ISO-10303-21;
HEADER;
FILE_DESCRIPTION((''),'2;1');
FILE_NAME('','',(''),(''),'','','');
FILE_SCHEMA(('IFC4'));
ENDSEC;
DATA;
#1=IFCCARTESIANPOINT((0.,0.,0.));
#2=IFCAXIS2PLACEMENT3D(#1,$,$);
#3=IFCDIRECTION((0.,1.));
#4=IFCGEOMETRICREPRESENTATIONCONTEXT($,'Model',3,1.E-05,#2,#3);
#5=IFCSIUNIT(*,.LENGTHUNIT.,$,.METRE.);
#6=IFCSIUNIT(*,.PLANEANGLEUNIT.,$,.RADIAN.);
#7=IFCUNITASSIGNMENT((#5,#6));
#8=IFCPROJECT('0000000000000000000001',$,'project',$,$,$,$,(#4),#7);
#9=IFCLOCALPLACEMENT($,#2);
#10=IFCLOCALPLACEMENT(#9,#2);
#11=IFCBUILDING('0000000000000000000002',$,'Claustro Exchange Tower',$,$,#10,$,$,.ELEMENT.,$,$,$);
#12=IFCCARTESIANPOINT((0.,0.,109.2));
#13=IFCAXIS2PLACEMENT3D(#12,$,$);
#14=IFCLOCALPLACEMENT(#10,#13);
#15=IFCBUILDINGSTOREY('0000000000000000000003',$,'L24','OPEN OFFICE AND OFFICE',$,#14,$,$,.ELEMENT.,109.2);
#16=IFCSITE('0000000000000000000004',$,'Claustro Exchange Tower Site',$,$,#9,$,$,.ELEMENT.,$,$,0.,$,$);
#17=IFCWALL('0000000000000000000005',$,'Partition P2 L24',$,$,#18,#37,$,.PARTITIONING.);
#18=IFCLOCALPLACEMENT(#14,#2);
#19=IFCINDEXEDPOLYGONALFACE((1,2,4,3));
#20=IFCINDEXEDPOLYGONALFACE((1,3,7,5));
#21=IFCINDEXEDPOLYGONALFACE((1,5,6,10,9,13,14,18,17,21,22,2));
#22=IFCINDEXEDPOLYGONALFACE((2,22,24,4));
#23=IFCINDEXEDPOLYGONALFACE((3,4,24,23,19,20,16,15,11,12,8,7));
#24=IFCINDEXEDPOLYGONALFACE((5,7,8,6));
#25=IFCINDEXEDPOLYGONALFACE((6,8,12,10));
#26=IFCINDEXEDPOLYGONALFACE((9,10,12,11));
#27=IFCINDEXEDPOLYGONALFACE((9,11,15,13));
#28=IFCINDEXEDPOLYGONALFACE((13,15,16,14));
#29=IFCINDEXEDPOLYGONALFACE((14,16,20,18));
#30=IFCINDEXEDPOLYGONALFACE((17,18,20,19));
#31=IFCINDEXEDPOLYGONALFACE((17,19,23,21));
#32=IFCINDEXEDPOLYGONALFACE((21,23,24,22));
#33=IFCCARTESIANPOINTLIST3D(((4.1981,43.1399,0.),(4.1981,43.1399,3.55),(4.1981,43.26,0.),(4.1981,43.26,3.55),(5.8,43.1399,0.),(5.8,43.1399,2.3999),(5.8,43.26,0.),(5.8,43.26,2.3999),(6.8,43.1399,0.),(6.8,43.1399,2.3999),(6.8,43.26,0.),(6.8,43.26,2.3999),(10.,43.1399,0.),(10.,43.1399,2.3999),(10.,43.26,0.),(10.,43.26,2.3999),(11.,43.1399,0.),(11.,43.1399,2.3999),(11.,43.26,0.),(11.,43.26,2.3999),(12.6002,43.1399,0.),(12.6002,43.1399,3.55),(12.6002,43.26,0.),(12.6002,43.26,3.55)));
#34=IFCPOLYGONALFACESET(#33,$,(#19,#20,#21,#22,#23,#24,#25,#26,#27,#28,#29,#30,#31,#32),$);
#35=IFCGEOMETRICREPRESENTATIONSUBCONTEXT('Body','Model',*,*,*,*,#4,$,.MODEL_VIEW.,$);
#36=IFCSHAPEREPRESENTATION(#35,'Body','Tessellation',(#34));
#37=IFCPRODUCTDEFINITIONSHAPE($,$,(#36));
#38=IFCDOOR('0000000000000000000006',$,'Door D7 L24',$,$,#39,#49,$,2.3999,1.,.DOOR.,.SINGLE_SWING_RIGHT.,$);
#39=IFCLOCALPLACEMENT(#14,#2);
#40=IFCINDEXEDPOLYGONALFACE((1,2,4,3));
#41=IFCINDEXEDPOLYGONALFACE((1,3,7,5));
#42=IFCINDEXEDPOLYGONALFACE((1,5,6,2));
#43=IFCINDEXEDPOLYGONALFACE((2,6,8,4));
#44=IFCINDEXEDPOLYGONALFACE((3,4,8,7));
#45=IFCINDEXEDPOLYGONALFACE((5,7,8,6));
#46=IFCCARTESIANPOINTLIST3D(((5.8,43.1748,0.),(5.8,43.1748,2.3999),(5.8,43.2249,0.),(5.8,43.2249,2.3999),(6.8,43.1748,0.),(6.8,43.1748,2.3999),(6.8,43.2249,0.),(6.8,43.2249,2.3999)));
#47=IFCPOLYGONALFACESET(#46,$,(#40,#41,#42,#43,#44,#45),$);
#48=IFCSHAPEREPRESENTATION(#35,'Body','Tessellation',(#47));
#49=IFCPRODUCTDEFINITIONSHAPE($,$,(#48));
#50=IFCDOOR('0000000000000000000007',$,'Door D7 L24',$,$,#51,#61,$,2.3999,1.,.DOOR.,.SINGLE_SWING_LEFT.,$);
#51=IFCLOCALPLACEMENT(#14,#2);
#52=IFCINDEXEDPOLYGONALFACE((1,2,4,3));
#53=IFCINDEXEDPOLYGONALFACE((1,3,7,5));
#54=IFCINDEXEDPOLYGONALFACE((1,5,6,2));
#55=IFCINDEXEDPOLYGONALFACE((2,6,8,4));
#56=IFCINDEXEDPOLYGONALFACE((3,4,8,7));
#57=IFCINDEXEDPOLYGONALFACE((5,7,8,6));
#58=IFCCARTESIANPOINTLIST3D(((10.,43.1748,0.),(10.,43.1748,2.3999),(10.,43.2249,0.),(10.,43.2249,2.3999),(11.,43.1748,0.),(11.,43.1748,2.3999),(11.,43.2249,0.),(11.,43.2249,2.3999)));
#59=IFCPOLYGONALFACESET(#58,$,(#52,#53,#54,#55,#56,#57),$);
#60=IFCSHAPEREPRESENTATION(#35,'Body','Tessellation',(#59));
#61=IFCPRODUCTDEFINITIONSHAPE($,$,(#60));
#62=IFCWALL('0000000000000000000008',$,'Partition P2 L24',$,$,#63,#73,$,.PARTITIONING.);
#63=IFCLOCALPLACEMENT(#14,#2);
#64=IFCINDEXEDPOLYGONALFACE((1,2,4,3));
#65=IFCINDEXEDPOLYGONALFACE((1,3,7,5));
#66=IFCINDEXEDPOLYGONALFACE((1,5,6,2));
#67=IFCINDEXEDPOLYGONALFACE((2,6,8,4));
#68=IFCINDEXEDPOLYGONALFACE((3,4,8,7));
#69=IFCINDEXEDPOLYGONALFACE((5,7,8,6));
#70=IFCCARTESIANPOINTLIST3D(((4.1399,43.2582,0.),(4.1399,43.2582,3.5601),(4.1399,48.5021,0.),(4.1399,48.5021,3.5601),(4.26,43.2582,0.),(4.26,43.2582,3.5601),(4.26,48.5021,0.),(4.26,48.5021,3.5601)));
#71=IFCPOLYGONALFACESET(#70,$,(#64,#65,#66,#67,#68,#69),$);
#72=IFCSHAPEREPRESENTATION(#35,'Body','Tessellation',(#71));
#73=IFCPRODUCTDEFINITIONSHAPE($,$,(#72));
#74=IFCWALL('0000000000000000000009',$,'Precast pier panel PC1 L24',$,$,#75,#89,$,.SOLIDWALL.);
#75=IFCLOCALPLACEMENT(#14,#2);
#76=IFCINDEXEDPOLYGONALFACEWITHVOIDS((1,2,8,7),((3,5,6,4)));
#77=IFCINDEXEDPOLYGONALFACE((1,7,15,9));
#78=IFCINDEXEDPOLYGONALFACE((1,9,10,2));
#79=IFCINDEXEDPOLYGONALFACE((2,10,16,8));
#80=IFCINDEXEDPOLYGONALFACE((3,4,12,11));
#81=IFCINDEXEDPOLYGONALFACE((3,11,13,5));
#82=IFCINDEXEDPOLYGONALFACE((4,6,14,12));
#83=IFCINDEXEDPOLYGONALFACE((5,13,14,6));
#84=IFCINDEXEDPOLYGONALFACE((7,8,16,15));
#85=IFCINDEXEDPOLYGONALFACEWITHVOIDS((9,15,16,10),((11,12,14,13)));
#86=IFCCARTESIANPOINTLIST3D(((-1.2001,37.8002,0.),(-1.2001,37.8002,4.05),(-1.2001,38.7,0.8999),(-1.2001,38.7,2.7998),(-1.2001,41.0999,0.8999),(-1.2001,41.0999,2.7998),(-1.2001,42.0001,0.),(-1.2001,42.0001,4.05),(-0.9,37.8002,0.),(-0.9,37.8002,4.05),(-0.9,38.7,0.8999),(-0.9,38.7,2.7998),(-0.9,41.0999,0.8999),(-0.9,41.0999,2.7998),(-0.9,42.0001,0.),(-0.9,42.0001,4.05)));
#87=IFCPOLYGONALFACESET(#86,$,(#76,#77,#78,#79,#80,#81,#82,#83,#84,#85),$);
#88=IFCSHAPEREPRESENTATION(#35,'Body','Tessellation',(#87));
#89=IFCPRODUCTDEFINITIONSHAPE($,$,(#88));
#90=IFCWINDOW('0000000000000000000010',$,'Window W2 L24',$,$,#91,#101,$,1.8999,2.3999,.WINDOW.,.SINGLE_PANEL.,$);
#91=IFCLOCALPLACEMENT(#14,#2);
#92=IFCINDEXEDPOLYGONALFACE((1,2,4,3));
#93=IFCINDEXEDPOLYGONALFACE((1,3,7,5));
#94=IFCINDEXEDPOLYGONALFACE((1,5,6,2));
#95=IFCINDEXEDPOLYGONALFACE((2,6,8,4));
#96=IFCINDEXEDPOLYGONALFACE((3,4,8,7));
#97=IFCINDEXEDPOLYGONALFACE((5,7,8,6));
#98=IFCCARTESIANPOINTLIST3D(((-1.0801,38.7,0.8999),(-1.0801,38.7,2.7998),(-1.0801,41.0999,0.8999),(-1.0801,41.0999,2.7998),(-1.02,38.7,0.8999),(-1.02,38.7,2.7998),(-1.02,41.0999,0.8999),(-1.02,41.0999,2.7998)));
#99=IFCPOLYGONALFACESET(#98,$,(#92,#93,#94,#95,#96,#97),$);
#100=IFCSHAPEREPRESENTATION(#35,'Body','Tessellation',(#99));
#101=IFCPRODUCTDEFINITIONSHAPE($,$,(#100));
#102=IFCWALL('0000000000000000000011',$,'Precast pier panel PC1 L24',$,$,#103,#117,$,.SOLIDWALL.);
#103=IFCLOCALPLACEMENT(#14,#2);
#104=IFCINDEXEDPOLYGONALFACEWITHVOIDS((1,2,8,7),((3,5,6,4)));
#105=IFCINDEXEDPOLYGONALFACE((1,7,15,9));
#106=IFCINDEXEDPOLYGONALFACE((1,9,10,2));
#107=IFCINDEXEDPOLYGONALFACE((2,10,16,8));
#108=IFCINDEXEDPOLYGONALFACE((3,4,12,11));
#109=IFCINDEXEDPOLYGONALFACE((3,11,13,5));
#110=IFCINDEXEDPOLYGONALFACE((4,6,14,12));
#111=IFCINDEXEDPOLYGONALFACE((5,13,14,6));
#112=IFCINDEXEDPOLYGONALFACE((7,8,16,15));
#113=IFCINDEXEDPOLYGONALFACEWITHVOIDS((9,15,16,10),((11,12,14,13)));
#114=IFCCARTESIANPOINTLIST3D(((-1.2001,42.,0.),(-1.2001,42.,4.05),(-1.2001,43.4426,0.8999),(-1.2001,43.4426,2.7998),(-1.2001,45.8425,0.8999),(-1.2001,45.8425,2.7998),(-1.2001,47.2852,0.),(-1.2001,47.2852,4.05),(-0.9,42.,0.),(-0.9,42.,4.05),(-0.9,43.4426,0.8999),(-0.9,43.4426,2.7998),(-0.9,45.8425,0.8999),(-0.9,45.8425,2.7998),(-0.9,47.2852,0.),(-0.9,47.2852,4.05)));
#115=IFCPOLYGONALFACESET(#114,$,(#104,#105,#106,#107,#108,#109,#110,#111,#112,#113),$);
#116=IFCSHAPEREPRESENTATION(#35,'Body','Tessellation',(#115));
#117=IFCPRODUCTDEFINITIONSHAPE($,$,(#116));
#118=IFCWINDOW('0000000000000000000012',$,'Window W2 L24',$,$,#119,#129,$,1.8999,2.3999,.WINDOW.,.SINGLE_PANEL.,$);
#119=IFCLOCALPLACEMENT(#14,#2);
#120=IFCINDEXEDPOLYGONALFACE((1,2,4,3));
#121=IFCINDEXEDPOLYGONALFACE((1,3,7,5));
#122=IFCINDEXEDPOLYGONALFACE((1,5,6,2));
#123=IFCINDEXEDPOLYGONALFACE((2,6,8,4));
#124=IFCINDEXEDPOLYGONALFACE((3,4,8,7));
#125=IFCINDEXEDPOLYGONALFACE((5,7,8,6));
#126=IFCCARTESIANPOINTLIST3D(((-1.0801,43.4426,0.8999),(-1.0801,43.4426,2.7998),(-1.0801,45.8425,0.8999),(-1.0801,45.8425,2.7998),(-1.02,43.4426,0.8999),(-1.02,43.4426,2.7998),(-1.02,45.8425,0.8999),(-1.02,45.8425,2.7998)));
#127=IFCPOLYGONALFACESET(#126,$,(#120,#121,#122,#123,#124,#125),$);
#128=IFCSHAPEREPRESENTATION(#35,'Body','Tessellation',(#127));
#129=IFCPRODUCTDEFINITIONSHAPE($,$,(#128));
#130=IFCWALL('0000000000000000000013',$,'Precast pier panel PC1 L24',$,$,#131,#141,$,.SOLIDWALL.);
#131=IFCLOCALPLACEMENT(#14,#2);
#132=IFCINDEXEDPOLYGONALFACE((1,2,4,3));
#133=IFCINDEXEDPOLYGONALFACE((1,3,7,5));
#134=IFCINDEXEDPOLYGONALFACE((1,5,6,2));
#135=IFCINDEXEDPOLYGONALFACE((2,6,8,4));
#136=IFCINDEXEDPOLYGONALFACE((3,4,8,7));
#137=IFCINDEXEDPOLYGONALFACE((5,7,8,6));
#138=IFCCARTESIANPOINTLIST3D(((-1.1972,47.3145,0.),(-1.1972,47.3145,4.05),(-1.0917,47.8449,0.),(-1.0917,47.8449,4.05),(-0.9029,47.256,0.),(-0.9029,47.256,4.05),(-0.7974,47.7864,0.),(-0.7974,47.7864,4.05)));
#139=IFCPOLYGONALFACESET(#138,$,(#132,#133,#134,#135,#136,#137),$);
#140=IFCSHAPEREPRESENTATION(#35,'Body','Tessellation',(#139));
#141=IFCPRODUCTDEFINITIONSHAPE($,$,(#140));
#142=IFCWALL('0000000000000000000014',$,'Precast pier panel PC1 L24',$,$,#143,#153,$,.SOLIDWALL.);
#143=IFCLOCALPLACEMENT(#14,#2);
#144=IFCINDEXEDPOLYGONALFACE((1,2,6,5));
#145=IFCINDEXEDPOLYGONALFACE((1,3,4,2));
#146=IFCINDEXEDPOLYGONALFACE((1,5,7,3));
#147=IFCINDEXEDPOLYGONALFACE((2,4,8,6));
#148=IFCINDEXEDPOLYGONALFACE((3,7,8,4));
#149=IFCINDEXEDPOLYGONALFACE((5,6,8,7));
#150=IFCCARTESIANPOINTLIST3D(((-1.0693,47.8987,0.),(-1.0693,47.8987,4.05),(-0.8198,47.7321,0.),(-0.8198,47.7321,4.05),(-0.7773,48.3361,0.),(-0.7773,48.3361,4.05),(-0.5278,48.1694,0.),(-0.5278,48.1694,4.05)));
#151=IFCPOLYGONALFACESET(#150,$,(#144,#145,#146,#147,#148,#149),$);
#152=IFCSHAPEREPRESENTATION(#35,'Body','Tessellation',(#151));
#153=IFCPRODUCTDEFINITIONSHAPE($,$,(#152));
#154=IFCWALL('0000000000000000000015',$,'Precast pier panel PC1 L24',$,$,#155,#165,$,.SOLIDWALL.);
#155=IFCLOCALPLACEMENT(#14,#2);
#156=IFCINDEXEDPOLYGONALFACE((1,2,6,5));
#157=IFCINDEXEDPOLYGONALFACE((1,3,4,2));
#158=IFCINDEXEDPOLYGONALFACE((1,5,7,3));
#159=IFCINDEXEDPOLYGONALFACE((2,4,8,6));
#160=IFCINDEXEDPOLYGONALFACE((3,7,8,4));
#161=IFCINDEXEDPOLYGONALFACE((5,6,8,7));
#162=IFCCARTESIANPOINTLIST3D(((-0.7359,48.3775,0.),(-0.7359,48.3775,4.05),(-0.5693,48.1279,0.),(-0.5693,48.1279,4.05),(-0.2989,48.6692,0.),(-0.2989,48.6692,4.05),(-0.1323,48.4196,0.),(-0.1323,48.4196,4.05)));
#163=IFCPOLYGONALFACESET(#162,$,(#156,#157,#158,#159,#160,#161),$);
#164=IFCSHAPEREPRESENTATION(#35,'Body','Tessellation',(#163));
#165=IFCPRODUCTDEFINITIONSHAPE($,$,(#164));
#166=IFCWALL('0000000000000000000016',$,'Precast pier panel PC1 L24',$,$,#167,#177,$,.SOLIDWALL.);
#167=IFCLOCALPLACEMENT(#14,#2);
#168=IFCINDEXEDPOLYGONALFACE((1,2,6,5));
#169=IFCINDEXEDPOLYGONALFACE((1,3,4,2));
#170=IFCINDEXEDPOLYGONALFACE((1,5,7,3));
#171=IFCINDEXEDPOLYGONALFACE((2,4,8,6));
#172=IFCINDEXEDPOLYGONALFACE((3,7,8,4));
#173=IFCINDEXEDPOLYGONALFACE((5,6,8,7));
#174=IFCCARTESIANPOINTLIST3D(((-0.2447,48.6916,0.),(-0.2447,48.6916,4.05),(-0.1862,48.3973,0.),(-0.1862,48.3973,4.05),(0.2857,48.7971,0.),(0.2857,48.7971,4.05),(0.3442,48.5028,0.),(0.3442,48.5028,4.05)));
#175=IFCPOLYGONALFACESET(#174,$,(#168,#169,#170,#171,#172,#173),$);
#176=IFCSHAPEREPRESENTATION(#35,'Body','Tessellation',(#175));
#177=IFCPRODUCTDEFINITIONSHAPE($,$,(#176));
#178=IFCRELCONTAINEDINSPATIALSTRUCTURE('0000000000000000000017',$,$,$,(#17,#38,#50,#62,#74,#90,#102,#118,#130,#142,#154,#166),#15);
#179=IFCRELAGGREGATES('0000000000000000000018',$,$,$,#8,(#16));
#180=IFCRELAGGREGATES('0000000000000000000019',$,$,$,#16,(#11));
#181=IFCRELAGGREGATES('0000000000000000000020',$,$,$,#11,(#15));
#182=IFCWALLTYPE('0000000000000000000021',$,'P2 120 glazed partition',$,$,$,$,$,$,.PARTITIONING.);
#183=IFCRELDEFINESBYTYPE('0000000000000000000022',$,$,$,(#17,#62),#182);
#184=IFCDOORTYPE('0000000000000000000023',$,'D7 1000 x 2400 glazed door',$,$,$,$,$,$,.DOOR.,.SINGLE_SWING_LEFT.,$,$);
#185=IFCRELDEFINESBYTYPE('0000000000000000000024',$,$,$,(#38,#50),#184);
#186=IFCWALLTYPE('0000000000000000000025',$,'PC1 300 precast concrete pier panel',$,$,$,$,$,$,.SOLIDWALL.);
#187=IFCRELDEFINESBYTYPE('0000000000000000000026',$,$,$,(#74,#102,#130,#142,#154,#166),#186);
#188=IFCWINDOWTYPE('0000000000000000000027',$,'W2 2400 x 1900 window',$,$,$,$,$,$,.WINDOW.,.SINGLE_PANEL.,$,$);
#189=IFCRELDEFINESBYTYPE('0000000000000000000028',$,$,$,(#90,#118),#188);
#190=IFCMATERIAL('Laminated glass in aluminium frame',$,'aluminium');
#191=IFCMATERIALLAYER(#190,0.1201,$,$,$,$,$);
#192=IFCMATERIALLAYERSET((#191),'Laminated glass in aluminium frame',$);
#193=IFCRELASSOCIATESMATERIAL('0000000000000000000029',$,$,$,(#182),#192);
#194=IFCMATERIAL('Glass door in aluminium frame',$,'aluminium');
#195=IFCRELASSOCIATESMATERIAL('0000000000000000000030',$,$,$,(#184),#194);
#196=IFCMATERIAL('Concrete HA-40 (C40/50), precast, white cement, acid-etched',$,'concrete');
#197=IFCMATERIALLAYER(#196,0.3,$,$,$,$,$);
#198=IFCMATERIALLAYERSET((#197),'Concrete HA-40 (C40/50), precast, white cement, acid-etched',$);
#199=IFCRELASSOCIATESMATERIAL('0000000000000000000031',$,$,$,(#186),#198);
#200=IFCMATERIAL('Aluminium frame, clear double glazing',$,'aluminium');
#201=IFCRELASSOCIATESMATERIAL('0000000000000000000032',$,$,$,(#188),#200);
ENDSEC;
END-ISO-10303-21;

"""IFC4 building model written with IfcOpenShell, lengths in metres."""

from ifc_helpers import new_model, si_unit, direction, frame, frame_2d, origin, place, context, subcontext, project, spatial, rectangle, extrude, material, layer, layer_set, type_object, element, fill, save


model = new_model("IFC4")

# Units and contexts
model_context = context("Model", 3, precision=1e-05, world=origin(), true_north=direction((0.0, 1.0)))
body_context = subcontext(model_context, "Body", "Model", "MODEL_VIEW")
ifc_project = project(units=[si_unit("LENGTHUNIT", "METRE"), si_unit("PLANEANGLEUNIT", "RADIAN")], contexts=[model_context])

# Site, building, storey
site_placement = place(None, origin())
site = spatial("IfcSite", under=ifc_project, at=site_placement, Name="Claustro Exchange Tower Site", CompositionType="ELEMENT", RefElevation=0.0)
building_placement = place(site_placement, origin())
building = spatial("IfcBuilding", under=site, at=building_placement, Name="Claustro Exchange Tower", CompositionType="ELEMENT")
storey_placement = place(building_placement, frame((0.0, 0.0, 109.2)))
storey = spatial("IfcBuildingStorey", under=building, at=storey_placement, Name="L24", Description="OPEN OFFICE AND OFFICE", CompositionType="ELEMENT", Elevation=109.2)

# Shared definitions
ifc_material_1 = material(Name="Laminated glass in aluminium frame", Category="aluminium")
ifc_layer_1 = layer(ifc_material_1, 0.1201)
ifc_layer_set_1 = layer_set([ifc_layer_1], Name="Laminated glass in aluminium frame")
wall_type_1 = type_object("IfcWallType", Name="P2 120 glazed partition", PredefinedType="PARTITIONING", material=ifc_layer_set_1)
ifc_material_2 = material(Name="Glass door in aluminium frame", Category="aluminium")
door_type = type_object("IfcDoorType", Name="D7 1000 x 2400 glazed door", OperationType="SINGLE_SWING_LEFT", PredefinedType="DOOR", material=ifc_material_2)

# Wall, openings, doors
wall_1_placement = place(storey_placement, frame((4.198, 43.2, 0.0), z_axis=(0.0, 0.0, 1.0), x_axis=(1.0, 0.0, 0.0)))
wall_1 = element("IfcWall", 1, at=wall_1_placement, inside=storey, type_object=wall_type_1, Name="Partition P2 L24", PredefinedType="PARTITIONING", context=body_context, shape_type="SweptSolid", body=[
    extrude(rectangle(XDim=8.4021, YDim=0.1201, at=frame_2d((4.2012, 0.0))), origin(), (0.0, 0.0, 1.0), 3.55),
])
opening_1_placement = place(wall_1_placement, frame((1.6021, 0.0, 0.0)))
opening_1 = element("IfcOpeningElement", 2, at=opening_1_placement, cuts=wall_1, PredefinedType="OPENING", context=body_context, shape_type="SweptSolid", body=[
    extrude(rectangle(XDim=1.0, YDim=2.3999, at=frame_2d((0.5, 1.2))), frame((0.0, 0.0701, 0.0), z_axis=(0.0, -1.0, 0.0), x_axis=(1.0, 0.0, 0.0)), (0.0, 0.0, 1.0), 0.1401),
])
opening_2_placement = place(wall_1_placement, frame((5.802, 0.0, 0.0)))
opening_2 = element("IfcOpeningElement", 3, at=opening_2_placement, cuts=wall_1, PredefinedType="OPENING", context=body_context, shape_type="SweptSolid", body=[
    extrude(rectangle(XDim=1.0, YDim=2.3999, at=frame_2d((0.5, 1.2))), frame((0.0, 0.0701, 0.0), z_axis=(0.0, -1.0, 0.0), x_axis=(1.0, 0.0, 0.0)), (0.0, 0.0, 1.0), 0.1401),
])
door_1_placement = place(opening_1_placement, origin())
door_1 = element("IfcDoor", 4, at=door_1_placement, inside=storey, type_object=door_type, Name="Door D7 L24", OperationType="SINGLE_SWING_RIGHT", OverallHeight=2.3999, OverallWidth=1.0, PredefinedType="DOOR", context=body_context, shape_type="SweptSolid", body=[
    extrude(rectangle(XDim=1.0, YDim=2.3999, at=frame_2d((0.5, 1.2))), frame((0.0, 0.0249, 0.0), z_axis=(0.0, -1.0, 0.0), x_axis=(1.0, 0.0, 0.0)), (0.0, 0.0, 1.0), 0.05),
])
fill(opening_1, door_1)
door_2_placement = place(opening_2_placement, origin())
door_2 = element("IfcDoor", 5, at=door_2_placement, inside=storey, type_object=door_type, Name="Door D7 L24", OperationType="SINGLE_SWING_LEFT", OverallHeight=2.3999, OverallWidth=1.0, PredefinedType="DOOR", context=body_context, shape_type="SweptSolid", body=[
    extrude(rectangle(XDim=1.0, YDim=2.3999, at=frame_2d((0.5, 1.2))), frame((0.0, 0.0249, 0.0), z_axis=(0.0, -1.0, 0.0), x_axis=(1.0, 0.0, 0.0)), (0.0, 0.0, 1.0), 0.05),
])
fill(opening_2, door_2)

# Wall
wall_2_placement = place(storey_placement, frame((4.2, 43.2581, 0.0), z_axis=(0.0, 0.0, 1.0), x_axis=(0.0, 1.0, 0.0)))
element("IfcWall", 6, at=wall_2_placement, inside=storey, type_object=wall_type_1, Name="Partition P2 L24", PredefinedType="PARTITIONING", context=body_context, shape_type="SweptSolid", body=[
    extrude(rectangle(XDim=5.2439, YDim=0.1201, at=frame_2d((2.6221, 0.0))), origin(), (0.0, 0.0, 1.0), 3.5601),
])

# Walls, openings, windows
ifc_material_3 = material(Name="Concrete HA-40 (C40/50), precast, white cement, acid-etched", Category="concrete")
ifc_layer_2 = layer(ifc_material_3, 0.3)
ifc_layer_set_2 = layer_set([ifc_layer_2], Name="Concrete HA-40 (C40/50), precast, white cement, acid-etched")
wall_type_2 = type_object("IfcWallType", Name="PC1 300 precast concrete pier panel", PredefinedType="SOLIDWALL", material=ifc_layer_set_2)
wall_3_placement = place(storey_placement, frame((-1.05, 37.8, 0.0), z_axis=(0.0, 0.0, 1.0), x_axis=(0.0, 1.0, 0.0)))
wall_3 = element("IfcWall", 7, at=wall_3_placement, inside=storey, type_object=wall_type_2, Name="Precast pier panel PC1 L24", PredefinedType="SOLIDWALL", context=body_context, shape_type="SweptSolid", body=[
    extrude(rectangle(XDim=4.2, YDim=0.3, at=frame_2d((2.1001, 0.0))), origin(), (0.0, 0.0, 1.0), 4.05),
])
opening_3_placement = place(wall_3_placement, frame((0.8999, 0.0, 0.8999)))
opening_3 = element("IfcOpeningElement", 8, at=opening_3_placement, cuts=wall_3, PredefinedType="OPENING", context=body_context, shape_type="SweptSolid", body=[
    extrude(rectangle(XDim=2.3999, YDim=1.8999, at=frame_2d((1.2, 0.95))), frame((0.0, 0.1599, 0.0), z_axis=(0.0, -1.0, 0.0), x_axis=(1.0, 0.0, 0.0)), (0.0, 0.0, 1.0), 0.3201),
])
ifc_material_4 = material(Name="Aluminium frame, clear double glazing", Category="aluminium")
window_type_1 = type_object("IfcWindowType", Name="W2 2400 x 1900 window", PartitioningType="SINGLE_PANEL", PredefinedType="WINDOW", material=ifc_material_4)
window_1_placement = place(opening_3_placement, origin())
window_1 = element("IfcWindow", 9, at=window_1_placement, inside=storey, type_object=window_type_1, Name="Window W2 L24", OverallHeight=1.8999, OverallWidth=2.3999, PartitioningType="SINGLE_PANEL", PredefinedType="WINDOW", context=body_context, shape_type="SweptSolid", body=[
    extrude(rectangle(XDim=2.3999, YDim=1.8999, at=frame_2d((1.2, 0.95))), frame((0.0, 0.03, 0.0), z_axis=(0.0, -1.0, 0.0), x_axis=(1.0, 0.0, 0.0)), (0.0, 0.0, 1.0), 0.0601),
])
fill(opening_3, window_1)
wall_4_placement = place(storey_placement, frame((-1.05, 42.0, 0.0), z_axis=(0.0, 0.0, 1.0), x_axis=(0.0, 1.0, 0.0)))
wall_4 = element("IfcWall", 10, at=wall_4_placement, inside=storey, type_object=wall_type_2, Name="Precast pier panel PC1 L24", PredefinedType="SOLIDWALL", context=body_context, shape_type="SweptSolid", body=[
    extrude(rectangle(XDim=5.2852, YDim=0.3, at=frame_2d((2.6426, 0.0))), origin(), (0.0, 0.0, 1.0), 4.05),
])
opening_4_placement = place(wall_4_placement, frame((1.4426, 0.0, 0.8999)))
opening_4 = element("IfcOpeningElement", 11, at=opening_4_placement, cuts=wall_4, PredefinedType="OPENING", context=body_context, shape_type="SweptSolid", body=[
    extrude(rectangle(XDim=2.3999, YDim=1.8999, at=frame_2d((1.2, 0.95))), frame((0.0, 0.1599, 0.0), z_axis=(0.0, -1.0, 0.0), x_axis=(1.0, 0.0, 0.0)), (0.0, 0.0, 1.0), 0.3201),
])
window_2_placement = place(opening_4_placement, origin())
window_2 = element("IfcWindow", 12, at=window_2_placement, inside=storey, type_object=window_type_1, Name="Window W2 L24", OverallHeight=1.8999, OverallWidth=2.3999, PartitioningType="SINGLE_PANEL", PredefinedType="WINDOW", context=body_context, shape_type="SweptSolid", body=[
    extrude(rectangle(XDim=2.3999, YDim=1.8999, at=frame_2d((1.2, 0.95))), frame((0.0, 0.03, 0.0), z_axis=(0.0, -1.0, 0.0), x_axis=(1.0, 0.0, 0.0)), (0.0, 0.0, 1.0), 0.0601),
])
fill(opening_4, window_2)

# Walls
wall_5_placement = place(storey_placement, frame((-1.05, 47.2852, 0.0), z_axis=(0.0, 0.0, 1.0), x_axis=(0.195074, 0.980789, 0.0)))
element("IfcWall", 13, at=wall_5_placement, inside=storey, type_object=wall_type_2, Name="Precast pier panel PC1 L24", PredefinedType="SOLIDWALL", context=body_context, shape_type="SweptSolid", body=[
    extrude(rectangle(XDim=0.5408, YDim=0.3, at=frame_2d((0.2705, 0.0))), origin(), (0.0, 0.0, 1.0), 4.05),
])
wall_6_placement = place(storey_placement, frame((-0.9446, 47.8154, 0.0), z_axis=(0.0, 0.0, 1.0), x_axis=(0.555343, 0.831621, 0.0)))
element("IfcWall", 14, at=wall_6_placement, inside=storey, type_object=wall_type_2, Name="Precast pier panel PC1 L24", PredefinedType="SOLIDWALL", context=body_context, shape_type="SweptSolid", body=[
    extrude(rectangle(XDim=0.5259, YDim=0.3, at=frame_2d((0.2629, 0.0))), origin(), (0.0, 0.0, 1.0), 4.05),
])
wall_7_placement = place(storey_placement, frame((-0.6526, 48.2527, 0.0), z_axis=(0.0, 0.0, 1.0), x_axis=(0.831693, 0.555236, 0.0)))
element("IfcWall", 15, at=wall_7_placement, inside=storey, type_object=wall_type_2, Name="Precast pier panel PC1 L24", PredefinedType="SOLIDWALL", context=body_context, shape_type="SweptSolid", body=[
    extrude(rectangle(XDim=0.5254, YDim=0.3, at=frame_2d((0.2627, 0.0))), origin(), (0.0, 0.0, 1.0), 4.05),
])
wall_8_placement = place(storey_placement, frame((-0.2156, 48.5444, 0.0), z_axis=(0.0, 0.0, 1.0), x_axis=(0.980789, 0.195074, 0.0)))
element("IfcWall", 16, at=wall_8_placement, inside=storey, type_object=wall_type_2, Name="Precast pier panel PC1 L24", PredefinedType="SOLIDWALL", context=body_context, shape_type="SweptSolid", body=[
    extrude(rectangle(XDim=0.5408, YDim=0.3, at=frame_2d((0.2705, 0.0))), origin(), (0.0, 0.0, 1.0), 4.05),
])

save(model, "model.ifc")
